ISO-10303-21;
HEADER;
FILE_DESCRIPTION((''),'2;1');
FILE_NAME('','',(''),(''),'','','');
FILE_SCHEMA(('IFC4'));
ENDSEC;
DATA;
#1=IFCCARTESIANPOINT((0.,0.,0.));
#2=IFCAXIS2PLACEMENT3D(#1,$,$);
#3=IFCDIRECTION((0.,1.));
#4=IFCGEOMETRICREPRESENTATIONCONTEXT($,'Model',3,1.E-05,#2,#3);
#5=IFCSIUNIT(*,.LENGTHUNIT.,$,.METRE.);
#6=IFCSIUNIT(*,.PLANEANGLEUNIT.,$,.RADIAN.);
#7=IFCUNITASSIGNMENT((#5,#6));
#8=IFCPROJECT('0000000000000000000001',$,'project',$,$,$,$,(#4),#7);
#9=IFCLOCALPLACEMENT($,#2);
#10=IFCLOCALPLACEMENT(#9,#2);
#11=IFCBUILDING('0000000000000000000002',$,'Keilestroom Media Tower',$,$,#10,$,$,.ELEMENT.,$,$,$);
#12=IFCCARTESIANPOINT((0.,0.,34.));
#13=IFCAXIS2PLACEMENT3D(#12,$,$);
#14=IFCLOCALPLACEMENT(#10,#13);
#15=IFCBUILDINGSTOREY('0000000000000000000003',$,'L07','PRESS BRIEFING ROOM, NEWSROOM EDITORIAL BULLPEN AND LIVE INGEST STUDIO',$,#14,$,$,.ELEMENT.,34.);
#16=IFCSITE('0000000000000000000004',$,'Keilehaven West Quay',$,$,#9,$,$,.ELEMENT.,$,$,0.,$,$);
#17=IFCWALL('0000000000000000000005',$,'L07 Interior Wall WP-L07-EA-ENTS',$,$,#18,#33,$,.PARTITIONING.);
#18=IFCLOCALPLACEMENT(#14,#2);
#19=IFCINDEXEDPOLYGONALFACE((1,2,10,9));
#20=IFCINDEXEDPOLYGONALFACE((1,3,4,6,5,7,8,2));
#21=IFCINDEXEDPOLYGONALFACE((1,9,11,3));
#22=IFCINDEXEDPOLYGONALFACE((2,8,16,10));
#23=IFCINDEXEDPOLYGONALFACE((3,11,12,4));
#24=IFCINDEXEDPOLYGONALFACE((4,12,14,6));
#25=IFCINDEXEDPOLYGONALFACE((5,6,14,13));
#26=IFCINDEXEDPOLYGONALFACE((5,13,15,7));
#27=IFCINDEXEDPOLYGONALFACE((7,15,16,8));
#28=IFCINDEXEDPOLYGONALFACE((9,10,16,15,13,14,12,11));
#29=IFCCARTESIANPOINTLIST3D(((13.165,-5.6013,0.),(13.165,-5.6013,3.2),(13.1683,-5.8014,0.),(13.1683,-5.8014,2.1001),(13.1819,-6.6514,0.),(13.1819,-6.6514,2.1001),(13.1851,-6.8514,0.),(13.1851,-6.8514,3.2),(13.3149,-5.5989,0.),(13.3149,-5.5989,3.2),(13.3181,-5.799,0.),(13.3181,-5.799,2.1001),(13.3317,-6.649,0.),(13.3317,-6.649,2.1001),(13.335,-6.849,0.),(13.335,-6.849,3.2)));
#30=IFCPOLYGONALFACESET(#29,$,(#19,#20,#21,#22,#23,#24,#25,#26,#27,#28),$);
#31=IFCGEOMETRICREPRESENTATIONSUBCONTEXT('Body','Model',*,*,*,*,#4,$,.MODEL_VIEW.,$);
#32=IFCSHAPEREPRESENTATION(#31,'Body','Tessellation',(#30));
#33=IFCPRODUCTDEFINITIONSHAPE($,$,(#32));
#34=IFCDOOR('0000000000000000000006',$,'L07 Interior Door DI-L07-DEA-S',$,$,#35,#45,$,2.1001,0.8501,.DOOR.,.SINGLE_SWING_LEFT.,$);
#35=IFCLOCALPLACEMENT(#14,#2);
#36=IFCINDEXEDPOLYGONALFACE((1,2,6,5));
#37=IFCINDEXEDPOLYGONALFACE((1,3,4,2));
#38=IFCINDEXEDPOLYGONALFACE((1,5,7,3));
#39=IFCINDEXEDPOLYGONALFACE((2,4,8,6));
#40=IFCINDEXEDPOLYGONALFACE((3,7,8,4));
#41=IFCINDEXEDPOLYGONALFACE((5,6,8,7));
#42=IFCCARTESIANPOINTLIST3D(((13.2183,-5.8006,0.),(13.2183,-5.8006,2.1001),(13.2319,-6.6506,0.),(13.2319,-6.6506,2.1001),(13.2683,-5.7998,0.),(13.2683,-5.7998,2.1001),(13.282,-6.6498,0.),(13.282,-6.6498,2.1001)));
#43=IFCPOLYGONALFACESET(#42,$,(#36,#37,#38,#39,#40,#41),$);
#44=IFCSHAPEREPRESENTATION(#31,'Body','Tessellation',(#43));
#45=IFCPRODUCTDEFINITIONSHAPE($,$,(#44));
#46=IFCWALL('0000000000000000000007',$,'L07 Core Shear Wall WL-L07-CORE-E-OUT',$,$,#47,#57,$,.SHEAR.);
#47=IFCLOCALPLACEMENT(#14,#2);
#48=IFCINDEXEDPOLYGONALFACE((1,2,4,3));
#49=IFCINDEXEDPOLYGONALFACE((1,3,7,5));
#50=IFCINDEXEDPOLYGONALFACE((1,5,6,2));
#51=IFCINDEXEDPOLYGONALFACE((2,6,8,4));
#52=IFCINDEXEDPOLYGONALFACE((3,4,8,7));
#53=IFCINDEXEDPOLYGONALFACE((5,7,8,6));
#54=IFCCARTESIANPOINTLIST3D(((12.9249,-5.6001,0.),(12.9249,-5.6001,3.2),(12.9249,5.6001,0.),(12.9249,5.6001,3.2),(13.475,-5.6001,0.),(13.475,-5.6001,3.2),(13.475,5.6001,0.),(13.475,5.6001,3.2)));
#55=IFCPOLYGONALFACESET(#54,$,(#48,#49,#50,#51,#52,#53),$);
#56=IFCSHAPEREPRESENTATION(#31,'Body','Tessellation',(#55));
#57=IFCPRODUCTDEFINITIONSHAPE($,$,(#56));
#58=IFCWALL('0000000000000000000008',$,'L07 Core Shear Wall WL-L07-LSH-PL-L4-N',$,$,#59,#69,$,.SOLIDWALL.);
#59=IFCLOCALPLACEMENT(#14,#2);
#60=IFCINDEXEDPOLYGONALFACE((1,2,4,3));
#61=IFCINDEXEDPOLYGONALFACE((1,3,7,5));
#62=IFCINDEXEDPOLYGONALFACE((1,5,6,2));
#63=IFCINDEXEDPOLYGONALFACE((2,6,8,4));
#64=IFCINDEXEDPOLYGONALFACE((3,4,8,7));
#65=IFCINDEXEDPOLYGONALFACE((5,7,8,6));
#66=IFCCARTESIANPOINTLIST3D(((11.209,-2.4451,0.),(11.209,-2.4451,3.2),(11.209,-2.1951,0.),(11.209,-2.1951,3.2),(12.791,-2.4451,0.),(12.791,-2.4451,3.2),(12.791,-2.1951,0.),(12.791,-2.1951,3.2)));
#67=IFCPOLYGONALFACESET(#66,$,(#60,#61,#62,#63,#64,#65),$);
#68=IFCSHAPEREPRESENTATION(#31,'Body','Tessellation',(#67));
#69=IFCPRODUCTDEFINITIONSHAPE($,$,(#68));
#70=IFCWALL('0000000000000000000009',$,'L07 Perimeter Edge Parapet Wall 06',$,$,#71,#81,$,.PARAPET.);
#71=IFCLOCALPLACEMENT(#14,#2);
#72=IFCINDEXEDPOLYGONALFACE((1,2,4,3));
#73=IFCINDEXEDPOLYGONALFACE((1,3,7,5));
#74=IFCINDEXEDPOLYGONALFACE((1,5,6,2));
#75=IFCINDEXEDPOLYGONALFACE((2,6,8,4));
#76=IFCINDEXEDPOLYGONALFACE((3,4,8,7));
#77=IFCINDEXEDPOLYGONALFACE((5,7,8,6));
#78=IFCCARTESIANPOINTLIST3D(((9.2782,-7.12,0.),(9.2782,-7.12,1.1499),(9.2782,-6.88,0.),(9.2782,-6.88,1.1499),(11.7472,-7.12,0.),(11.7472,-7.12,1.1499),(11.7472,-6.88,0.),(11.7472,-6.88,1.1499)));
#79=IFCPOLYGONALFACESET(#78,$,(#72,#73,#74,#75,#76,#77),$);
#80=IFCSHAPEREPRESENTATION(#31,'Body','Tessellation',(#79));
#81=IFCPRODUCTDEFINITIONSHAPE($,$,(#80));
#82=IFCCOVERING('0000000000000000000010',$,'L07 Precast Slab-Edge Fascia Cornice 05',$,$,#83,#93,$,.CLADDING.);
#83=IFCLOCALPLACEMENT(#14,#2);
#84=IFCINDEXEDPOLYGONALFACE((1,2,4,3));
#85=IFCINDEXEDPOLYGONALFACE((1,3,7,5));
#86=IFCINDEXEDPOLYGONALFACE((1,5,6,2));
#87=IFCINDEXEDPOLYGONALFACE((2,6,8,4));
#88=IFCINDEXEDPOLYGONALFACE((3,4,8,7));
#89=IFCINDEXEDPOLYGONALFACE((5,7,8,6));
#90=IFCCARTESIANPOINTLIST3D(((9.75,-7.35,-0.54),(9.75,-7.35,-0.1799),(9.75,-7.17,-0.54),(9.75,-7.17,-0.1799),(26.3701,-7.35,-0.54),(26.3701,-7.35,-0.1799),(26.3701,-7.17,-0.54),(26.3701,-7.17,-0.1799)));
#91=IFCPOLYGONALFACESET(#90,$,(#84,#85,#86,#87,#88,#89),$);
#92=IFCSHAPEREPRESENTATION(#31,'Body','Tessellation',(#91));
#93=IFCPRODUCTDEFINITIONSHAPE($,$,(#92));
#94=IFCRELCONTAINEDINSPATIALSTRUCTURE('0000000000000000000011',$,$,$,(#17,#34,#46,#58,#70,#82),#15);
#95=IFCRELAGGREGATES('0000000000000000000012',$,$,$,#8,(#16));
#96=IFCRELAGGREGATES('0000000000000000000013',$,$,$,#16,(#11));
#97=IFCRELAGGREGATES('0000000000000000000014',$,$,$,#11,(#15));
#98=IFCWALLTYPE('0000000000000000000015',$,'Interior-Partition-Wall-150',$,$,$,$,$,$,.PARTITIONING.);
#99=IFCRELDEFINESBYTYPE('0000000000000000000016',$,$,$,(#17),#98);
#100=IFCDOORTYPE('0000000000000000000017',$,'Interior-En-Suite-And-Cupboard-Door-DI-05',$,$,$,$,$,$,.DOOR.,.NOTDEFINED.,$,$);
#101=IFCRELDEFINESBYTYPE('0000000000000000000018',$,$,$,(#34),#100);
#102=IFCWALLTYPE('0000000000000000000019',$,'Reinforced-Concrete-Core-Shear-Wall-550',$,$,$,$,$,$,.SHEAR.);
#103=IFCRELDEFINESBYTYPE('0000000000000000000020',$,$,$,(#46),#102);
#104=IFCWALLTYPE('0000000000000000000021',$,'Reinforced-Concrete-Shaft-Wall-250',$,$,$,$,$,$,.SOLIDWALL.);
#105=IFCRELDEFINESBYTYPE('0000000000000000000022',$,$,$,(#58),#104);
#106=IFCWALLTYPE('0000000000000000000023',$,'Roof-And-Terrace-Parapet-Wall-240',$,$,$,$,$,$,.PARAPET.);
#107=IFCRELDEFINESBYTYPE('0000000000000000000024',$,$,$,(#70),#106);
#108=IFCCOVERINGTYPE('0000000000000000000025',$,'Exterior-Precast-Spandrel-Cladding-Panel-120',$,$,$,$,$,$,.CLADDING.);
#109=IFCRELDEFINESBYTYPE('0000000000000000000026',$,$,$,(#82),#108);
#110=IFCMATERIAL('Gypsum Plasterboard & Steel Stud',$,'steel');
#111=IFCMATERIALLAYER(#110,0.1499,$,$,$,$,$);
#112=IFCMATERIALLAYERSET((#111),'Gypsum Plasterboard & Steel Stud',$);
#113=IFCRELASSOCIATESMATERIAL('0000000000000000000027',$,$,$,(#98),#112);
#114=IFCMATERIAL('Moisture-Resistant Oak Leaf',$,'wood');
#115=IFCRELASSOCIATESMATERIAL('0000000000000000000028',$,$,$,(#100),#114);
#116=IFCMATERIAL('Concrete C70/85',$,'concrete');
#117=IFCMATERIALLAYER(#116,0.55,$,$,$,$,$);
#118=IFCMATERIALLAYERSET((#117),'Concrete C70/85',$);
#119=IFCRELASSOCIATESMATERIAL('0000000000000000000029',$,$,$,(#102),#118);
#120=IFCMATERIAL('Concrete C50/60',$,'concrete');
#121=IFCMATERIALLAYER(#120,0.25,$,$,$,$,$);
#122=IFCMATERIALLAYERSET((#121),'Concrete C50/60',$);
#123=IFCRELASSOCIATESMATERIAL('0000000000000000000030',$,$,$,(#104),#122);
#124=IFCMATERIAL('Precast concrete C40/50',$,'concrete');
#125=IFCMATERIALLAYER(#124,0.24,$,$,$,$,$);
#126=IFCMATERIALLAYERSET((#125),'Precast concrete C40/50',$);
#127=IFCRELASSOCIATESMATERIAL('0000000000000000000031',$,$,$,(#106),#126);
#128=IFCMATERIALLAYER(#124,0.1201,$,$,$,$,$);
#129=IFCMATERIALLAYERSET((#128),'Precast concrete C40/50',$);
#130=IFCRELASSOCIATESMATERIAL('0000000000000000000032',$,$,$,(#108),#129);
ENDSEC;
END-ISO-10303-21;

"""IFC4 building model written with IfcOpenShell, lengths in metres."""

from ifc_helpers import new_model, si_unit, direction, frame, frame_2d, origin, origin_2d, place, context, subcontext, project, spatial, rectangle, extrude, source, transform, mapped, material, layer, layer_set, type_object, element, fill, save


model = new_model("IFC4")

# Units and contexts
model_context = context("Model", 3, precision=1e-05, world=origin(), true_north=direction((0.0, 1.0)))
body_context = subcontext(model_context, "Body", "Model", "MODEL_VIEW")
ifc_project = project(units=[si_unit("LENGTHUNIT", "METRE"), si_unit("PLANEANGLEUNIT", "RADIAN")], contexts=[model_context])

# Site, building, storey
site_placement = place(None, origin())
site = spatial("IfcSite", under=ifc_project, at=site_placement, Name="Keilehaven West Quay", CompositionType="ELEMENT", RefElevation=0.0)
building_placement = place(site_placement, origin())
building = spatial("IfcBuilding", under=site, at=building_placement, Name="Keilestroom Media Tower", CompositionType="ELEMENT")
storey_placement = place(building_placement, frame((0.0, 0.0, 34.0)))
storey = spatial("IfcBuildingStorey", under=building, at=storey_placement, Name="L07", Description="PRESS BRIEFING ROOM, NEWSROOM EDITORIAL BULLPEN AND LIVE INGEST STUDIO", CompositionType="ELEMENT", Elevation=34.0)

# Shared definitions
ifc_material_1 = material(Name="Precast concrete C40/50", Category="concrete")

# Wall, opening, door
ifc_material_2 = material(Name="Gypsum Plasterboard & Steel Stud", Category="steel")
ifc_layer_1 = layer(ifc_material_2, 0.1499)
ifc_layer_set_1 = layer_set([ifc_layer_1], Name="Gypsum Plasterboard & Steel Stud")
wall_type_1 = type_object("IfcWallType", Name="Interior-Partition-Wall-150", PredefinedType="PARTITIONING", material=ifc_layer_set_1)
wall_1_placement = place(storey_placement, frame((13.26, -6.8501, 0.0), z_axis=(0.0, 0.0, 1.0), x_axis=(-0.016014, 0.999872, 0.0)))
wall_1 = element("IfcWall", 1, at=wall_1_placement, inside=storey, type_object=wall_type_1, Name="L07 Interior Wall WP-L07-EA-ENTS", PredefinedType="PARTITIONING", context=body_context, shape_type="SweptSolid", body=[
    extrude(rectangle(XDim=1.2502, YDim=0.1499, at=frame_2d((0.625, 0.0))), origin(), (0.0, 0.0, 1.0), 3.2),
])
opening_placement = place(wall_1_placement, frame((0.2, 0.0, 0.0)))
opening = element("IfcOpeningElement", 2, at=opening_placement, cuts=wall_1, PredefinedType="OPENING", context=body_context, shape_type="SweptSolid", body=[
    extrude(rectangle(XDim=0.8501, YDim=2.1001, at=frame_2d((0.425, 1.05))), frame((0.0, 0.085, 0.0), z_axis=(0.0, -1.0, 0.0), x_axis=(1.0, 0.0, 0.0)), (0.0, 0.0, 1.0), 0.1699),
])
ifc_material_3 = material(Name="Moisture-Resistant Oak Leaf", Category="wood")
door_type = type_object("IfcDoorType", Name="Interior-En-Suite-And-Cupboard-Door-DI-05", OperationType="NOTDEFINED", PredefinedType="DOOR", material=ifc_material_3)
shared_shape_1 = source(origin(), body_context, "Body", "SweptSolid", [
    extrude(rectangle(XDim=0.8501, YDim=2.1001, at=frame_2d((0.425, 1.05))), frame((0.0, 0.0249, 0.0), z_axis=(0.0, -1.0, 0.0), x_axis=(1.0, 0.0, 0.0)), (0.0, 0.0, 1.0), 0.05),
])
door_placement = place(opening_placement, origin())
door = element("IfcDoor", 3, at=door_placement, inside=storey, type_object=door_type, Name="L07 Interior Door DI-L07-DEA-S", OperationType="SINGLE_SWING_LEFT", OverallHeight=2.1001, OverallWidth=0.8501, PredefinedType="DOOR", context=body_context, shape_type="MappedRepresentation", body=[
    mapped(shared_shape_1, transform((0.0, 0.0, 0.0), x_axis=(1.0, 0.0, 0.0), y_axis=(0.0, 1.0, 0.0), z_axis=(0.0, 0.0, 1.0), scale=1.0)),
])
fill(opening, door)

# Walls
ifc_material_4 = material(Name="Concrete C70/85", Category="concrete")
ifc_layer_2 = layer(ifc_material_4, 0.55)
ifc_layer_set_2 = layer_set([ifc_layer_2], Name="Concrete C70/85")
wall_type_2 = type_object("IfcWallType", Name="Reinforced-Concrete-Core-Shear-Wall-550", PredefinedType="SHEAR", material=ifc_layer_set_2)
wall_2_placement = place(storey_placement, frame((13.2, -5.6001, 0.0), z_axis=(0.0, 0.0, 1.0), x_axis=(0.0, 1.0, 0.0)))
element("IfcWall", 4, at=wall_2_placement, inside=storey, type_object=wall_type_2, Name="L07 Core Shear Wall WL-L07-CORE-E-OUT", PredefinedType="SHEAR", context=body_context, shape_type="SweptSolid", body=[
    extrude(rectangle(XDim=11.2002, YDim=0.55, at=frame_2d((5.6001, 0.0))), origin(), (0.0, 0.0, 1.0), 3.2),
])
ifc_material_5 = material(Name="Concrete C50/60", Category="concrete")
ifc_layer_3 = layer(ifc_material_5, 0.25)
ifc_layer_set_3 = layer_set([ifc_layer_3], Name="Concrete C50/60")
wall_type_3 = type_object("IfcWallType", Name="Reinforced-Concrete-Shaft-Wall-250", PredefinedType="SOLIDWALL", material=ifc_layer_set_3)
wall_3_placement = place(storey_placement, frame((11.209, -2.3201, 0.0), z_axis=(0.0, 0.0, 1.0), x_axis=(1.0, 0.0, 0.0)))
element("IfcWall", 5, at=wall_3_placement, inside=storey, type_object=wall_type_3, Name="L07 Core Shear Wall WL-L07-LSH-PL-L4-N", PredefinedType="SOLIDWALL", context=body_context, shape_type="SweptSolid", body=[
    extrude(rectangle(XDim=1.582, YDim=0.25, at=frame_2d((0.791, 0.0))), origin(), (0.0, 0.0, 1.0), 3.2),
])
ifc_layer_4 = layer(ifc_material_1, 0.24)
ifc_layer_set_4 = layer_set([ifc_layer_4], Name="Precast concrete C40/50")
wall_type_4 = type_object("IfcWallType", Name="Roof-And-Terrace-Parapet-Wall-240", PredefinedType="PARAPET", material=ifc_layer_set_4)
wall_4_placement = place(storey_placement, frame((11.7471, -7.0, 0.0), z_axis=(0.0, 0.0, 1.0), x_axis=(-1.0, 0.0, 0.0)))
element("IfcWall", 6, at=wall_4_placement, inside=storey, type_object=wall_type_4, Name="L07 Perimeter Edge Parapet Wall 06", PredefinedType="PARAPET", context=body_context, shape_type="SweptSolid", body=[
    extrude(rectangle(XDim=2.469, YDim=0.24, at=frame_2d((1.2344, 0.0))), origin(), (0.0, 0.0, 1.0), 1.1499),
])

# Covering
ifc_layer_5 = layer(ifc_material_1, 0.1201)
ifc_layer_set_5 = layer_set([ifc_layer_5], Name="Precast concrete C40/50")
covering_type = type_object("IfcCoveringType", Name="Exterior-Precast-Spandrel-Cladding-Panel-120", PredefinedType="CLADDING", material=ifc_layer_set_5)
shared_shape_2 = source(origin(), body_context, "Body", "SweptSolid", [
    extrude(rectangle(XDim=16.6201, YDim=0.1799, at=origin_2d()), origin(), (0.0, 0.0, 1.0), 0.3601),
])
covering_placement = place(storey_placement, frame((18.0601, -7.26, -0.54), z_axis=(0.0, 0.0, 1.0), x_axis=(-1.0, 0.0, 0.0)))
element("IfcCovering", 7, at=covering_placement, inside=storey, type_object=covering_type, Name="L07 Precast Slab-Edge Fascia Cornice 05", PredefinedType="CLADDING", context=body_context, shape_type="MappedRepresentation", body=[
    mapped(shared_shape_2, transform((0.0, 0.0, 0.0), x_axis=(1.0, 0.0, 0.0), y_axis=(0.0, 1.0, 0.0), z_axis=(0.0, 0.0, 1.0), scale=1.0)),
])

save(model, "model.ifc")
